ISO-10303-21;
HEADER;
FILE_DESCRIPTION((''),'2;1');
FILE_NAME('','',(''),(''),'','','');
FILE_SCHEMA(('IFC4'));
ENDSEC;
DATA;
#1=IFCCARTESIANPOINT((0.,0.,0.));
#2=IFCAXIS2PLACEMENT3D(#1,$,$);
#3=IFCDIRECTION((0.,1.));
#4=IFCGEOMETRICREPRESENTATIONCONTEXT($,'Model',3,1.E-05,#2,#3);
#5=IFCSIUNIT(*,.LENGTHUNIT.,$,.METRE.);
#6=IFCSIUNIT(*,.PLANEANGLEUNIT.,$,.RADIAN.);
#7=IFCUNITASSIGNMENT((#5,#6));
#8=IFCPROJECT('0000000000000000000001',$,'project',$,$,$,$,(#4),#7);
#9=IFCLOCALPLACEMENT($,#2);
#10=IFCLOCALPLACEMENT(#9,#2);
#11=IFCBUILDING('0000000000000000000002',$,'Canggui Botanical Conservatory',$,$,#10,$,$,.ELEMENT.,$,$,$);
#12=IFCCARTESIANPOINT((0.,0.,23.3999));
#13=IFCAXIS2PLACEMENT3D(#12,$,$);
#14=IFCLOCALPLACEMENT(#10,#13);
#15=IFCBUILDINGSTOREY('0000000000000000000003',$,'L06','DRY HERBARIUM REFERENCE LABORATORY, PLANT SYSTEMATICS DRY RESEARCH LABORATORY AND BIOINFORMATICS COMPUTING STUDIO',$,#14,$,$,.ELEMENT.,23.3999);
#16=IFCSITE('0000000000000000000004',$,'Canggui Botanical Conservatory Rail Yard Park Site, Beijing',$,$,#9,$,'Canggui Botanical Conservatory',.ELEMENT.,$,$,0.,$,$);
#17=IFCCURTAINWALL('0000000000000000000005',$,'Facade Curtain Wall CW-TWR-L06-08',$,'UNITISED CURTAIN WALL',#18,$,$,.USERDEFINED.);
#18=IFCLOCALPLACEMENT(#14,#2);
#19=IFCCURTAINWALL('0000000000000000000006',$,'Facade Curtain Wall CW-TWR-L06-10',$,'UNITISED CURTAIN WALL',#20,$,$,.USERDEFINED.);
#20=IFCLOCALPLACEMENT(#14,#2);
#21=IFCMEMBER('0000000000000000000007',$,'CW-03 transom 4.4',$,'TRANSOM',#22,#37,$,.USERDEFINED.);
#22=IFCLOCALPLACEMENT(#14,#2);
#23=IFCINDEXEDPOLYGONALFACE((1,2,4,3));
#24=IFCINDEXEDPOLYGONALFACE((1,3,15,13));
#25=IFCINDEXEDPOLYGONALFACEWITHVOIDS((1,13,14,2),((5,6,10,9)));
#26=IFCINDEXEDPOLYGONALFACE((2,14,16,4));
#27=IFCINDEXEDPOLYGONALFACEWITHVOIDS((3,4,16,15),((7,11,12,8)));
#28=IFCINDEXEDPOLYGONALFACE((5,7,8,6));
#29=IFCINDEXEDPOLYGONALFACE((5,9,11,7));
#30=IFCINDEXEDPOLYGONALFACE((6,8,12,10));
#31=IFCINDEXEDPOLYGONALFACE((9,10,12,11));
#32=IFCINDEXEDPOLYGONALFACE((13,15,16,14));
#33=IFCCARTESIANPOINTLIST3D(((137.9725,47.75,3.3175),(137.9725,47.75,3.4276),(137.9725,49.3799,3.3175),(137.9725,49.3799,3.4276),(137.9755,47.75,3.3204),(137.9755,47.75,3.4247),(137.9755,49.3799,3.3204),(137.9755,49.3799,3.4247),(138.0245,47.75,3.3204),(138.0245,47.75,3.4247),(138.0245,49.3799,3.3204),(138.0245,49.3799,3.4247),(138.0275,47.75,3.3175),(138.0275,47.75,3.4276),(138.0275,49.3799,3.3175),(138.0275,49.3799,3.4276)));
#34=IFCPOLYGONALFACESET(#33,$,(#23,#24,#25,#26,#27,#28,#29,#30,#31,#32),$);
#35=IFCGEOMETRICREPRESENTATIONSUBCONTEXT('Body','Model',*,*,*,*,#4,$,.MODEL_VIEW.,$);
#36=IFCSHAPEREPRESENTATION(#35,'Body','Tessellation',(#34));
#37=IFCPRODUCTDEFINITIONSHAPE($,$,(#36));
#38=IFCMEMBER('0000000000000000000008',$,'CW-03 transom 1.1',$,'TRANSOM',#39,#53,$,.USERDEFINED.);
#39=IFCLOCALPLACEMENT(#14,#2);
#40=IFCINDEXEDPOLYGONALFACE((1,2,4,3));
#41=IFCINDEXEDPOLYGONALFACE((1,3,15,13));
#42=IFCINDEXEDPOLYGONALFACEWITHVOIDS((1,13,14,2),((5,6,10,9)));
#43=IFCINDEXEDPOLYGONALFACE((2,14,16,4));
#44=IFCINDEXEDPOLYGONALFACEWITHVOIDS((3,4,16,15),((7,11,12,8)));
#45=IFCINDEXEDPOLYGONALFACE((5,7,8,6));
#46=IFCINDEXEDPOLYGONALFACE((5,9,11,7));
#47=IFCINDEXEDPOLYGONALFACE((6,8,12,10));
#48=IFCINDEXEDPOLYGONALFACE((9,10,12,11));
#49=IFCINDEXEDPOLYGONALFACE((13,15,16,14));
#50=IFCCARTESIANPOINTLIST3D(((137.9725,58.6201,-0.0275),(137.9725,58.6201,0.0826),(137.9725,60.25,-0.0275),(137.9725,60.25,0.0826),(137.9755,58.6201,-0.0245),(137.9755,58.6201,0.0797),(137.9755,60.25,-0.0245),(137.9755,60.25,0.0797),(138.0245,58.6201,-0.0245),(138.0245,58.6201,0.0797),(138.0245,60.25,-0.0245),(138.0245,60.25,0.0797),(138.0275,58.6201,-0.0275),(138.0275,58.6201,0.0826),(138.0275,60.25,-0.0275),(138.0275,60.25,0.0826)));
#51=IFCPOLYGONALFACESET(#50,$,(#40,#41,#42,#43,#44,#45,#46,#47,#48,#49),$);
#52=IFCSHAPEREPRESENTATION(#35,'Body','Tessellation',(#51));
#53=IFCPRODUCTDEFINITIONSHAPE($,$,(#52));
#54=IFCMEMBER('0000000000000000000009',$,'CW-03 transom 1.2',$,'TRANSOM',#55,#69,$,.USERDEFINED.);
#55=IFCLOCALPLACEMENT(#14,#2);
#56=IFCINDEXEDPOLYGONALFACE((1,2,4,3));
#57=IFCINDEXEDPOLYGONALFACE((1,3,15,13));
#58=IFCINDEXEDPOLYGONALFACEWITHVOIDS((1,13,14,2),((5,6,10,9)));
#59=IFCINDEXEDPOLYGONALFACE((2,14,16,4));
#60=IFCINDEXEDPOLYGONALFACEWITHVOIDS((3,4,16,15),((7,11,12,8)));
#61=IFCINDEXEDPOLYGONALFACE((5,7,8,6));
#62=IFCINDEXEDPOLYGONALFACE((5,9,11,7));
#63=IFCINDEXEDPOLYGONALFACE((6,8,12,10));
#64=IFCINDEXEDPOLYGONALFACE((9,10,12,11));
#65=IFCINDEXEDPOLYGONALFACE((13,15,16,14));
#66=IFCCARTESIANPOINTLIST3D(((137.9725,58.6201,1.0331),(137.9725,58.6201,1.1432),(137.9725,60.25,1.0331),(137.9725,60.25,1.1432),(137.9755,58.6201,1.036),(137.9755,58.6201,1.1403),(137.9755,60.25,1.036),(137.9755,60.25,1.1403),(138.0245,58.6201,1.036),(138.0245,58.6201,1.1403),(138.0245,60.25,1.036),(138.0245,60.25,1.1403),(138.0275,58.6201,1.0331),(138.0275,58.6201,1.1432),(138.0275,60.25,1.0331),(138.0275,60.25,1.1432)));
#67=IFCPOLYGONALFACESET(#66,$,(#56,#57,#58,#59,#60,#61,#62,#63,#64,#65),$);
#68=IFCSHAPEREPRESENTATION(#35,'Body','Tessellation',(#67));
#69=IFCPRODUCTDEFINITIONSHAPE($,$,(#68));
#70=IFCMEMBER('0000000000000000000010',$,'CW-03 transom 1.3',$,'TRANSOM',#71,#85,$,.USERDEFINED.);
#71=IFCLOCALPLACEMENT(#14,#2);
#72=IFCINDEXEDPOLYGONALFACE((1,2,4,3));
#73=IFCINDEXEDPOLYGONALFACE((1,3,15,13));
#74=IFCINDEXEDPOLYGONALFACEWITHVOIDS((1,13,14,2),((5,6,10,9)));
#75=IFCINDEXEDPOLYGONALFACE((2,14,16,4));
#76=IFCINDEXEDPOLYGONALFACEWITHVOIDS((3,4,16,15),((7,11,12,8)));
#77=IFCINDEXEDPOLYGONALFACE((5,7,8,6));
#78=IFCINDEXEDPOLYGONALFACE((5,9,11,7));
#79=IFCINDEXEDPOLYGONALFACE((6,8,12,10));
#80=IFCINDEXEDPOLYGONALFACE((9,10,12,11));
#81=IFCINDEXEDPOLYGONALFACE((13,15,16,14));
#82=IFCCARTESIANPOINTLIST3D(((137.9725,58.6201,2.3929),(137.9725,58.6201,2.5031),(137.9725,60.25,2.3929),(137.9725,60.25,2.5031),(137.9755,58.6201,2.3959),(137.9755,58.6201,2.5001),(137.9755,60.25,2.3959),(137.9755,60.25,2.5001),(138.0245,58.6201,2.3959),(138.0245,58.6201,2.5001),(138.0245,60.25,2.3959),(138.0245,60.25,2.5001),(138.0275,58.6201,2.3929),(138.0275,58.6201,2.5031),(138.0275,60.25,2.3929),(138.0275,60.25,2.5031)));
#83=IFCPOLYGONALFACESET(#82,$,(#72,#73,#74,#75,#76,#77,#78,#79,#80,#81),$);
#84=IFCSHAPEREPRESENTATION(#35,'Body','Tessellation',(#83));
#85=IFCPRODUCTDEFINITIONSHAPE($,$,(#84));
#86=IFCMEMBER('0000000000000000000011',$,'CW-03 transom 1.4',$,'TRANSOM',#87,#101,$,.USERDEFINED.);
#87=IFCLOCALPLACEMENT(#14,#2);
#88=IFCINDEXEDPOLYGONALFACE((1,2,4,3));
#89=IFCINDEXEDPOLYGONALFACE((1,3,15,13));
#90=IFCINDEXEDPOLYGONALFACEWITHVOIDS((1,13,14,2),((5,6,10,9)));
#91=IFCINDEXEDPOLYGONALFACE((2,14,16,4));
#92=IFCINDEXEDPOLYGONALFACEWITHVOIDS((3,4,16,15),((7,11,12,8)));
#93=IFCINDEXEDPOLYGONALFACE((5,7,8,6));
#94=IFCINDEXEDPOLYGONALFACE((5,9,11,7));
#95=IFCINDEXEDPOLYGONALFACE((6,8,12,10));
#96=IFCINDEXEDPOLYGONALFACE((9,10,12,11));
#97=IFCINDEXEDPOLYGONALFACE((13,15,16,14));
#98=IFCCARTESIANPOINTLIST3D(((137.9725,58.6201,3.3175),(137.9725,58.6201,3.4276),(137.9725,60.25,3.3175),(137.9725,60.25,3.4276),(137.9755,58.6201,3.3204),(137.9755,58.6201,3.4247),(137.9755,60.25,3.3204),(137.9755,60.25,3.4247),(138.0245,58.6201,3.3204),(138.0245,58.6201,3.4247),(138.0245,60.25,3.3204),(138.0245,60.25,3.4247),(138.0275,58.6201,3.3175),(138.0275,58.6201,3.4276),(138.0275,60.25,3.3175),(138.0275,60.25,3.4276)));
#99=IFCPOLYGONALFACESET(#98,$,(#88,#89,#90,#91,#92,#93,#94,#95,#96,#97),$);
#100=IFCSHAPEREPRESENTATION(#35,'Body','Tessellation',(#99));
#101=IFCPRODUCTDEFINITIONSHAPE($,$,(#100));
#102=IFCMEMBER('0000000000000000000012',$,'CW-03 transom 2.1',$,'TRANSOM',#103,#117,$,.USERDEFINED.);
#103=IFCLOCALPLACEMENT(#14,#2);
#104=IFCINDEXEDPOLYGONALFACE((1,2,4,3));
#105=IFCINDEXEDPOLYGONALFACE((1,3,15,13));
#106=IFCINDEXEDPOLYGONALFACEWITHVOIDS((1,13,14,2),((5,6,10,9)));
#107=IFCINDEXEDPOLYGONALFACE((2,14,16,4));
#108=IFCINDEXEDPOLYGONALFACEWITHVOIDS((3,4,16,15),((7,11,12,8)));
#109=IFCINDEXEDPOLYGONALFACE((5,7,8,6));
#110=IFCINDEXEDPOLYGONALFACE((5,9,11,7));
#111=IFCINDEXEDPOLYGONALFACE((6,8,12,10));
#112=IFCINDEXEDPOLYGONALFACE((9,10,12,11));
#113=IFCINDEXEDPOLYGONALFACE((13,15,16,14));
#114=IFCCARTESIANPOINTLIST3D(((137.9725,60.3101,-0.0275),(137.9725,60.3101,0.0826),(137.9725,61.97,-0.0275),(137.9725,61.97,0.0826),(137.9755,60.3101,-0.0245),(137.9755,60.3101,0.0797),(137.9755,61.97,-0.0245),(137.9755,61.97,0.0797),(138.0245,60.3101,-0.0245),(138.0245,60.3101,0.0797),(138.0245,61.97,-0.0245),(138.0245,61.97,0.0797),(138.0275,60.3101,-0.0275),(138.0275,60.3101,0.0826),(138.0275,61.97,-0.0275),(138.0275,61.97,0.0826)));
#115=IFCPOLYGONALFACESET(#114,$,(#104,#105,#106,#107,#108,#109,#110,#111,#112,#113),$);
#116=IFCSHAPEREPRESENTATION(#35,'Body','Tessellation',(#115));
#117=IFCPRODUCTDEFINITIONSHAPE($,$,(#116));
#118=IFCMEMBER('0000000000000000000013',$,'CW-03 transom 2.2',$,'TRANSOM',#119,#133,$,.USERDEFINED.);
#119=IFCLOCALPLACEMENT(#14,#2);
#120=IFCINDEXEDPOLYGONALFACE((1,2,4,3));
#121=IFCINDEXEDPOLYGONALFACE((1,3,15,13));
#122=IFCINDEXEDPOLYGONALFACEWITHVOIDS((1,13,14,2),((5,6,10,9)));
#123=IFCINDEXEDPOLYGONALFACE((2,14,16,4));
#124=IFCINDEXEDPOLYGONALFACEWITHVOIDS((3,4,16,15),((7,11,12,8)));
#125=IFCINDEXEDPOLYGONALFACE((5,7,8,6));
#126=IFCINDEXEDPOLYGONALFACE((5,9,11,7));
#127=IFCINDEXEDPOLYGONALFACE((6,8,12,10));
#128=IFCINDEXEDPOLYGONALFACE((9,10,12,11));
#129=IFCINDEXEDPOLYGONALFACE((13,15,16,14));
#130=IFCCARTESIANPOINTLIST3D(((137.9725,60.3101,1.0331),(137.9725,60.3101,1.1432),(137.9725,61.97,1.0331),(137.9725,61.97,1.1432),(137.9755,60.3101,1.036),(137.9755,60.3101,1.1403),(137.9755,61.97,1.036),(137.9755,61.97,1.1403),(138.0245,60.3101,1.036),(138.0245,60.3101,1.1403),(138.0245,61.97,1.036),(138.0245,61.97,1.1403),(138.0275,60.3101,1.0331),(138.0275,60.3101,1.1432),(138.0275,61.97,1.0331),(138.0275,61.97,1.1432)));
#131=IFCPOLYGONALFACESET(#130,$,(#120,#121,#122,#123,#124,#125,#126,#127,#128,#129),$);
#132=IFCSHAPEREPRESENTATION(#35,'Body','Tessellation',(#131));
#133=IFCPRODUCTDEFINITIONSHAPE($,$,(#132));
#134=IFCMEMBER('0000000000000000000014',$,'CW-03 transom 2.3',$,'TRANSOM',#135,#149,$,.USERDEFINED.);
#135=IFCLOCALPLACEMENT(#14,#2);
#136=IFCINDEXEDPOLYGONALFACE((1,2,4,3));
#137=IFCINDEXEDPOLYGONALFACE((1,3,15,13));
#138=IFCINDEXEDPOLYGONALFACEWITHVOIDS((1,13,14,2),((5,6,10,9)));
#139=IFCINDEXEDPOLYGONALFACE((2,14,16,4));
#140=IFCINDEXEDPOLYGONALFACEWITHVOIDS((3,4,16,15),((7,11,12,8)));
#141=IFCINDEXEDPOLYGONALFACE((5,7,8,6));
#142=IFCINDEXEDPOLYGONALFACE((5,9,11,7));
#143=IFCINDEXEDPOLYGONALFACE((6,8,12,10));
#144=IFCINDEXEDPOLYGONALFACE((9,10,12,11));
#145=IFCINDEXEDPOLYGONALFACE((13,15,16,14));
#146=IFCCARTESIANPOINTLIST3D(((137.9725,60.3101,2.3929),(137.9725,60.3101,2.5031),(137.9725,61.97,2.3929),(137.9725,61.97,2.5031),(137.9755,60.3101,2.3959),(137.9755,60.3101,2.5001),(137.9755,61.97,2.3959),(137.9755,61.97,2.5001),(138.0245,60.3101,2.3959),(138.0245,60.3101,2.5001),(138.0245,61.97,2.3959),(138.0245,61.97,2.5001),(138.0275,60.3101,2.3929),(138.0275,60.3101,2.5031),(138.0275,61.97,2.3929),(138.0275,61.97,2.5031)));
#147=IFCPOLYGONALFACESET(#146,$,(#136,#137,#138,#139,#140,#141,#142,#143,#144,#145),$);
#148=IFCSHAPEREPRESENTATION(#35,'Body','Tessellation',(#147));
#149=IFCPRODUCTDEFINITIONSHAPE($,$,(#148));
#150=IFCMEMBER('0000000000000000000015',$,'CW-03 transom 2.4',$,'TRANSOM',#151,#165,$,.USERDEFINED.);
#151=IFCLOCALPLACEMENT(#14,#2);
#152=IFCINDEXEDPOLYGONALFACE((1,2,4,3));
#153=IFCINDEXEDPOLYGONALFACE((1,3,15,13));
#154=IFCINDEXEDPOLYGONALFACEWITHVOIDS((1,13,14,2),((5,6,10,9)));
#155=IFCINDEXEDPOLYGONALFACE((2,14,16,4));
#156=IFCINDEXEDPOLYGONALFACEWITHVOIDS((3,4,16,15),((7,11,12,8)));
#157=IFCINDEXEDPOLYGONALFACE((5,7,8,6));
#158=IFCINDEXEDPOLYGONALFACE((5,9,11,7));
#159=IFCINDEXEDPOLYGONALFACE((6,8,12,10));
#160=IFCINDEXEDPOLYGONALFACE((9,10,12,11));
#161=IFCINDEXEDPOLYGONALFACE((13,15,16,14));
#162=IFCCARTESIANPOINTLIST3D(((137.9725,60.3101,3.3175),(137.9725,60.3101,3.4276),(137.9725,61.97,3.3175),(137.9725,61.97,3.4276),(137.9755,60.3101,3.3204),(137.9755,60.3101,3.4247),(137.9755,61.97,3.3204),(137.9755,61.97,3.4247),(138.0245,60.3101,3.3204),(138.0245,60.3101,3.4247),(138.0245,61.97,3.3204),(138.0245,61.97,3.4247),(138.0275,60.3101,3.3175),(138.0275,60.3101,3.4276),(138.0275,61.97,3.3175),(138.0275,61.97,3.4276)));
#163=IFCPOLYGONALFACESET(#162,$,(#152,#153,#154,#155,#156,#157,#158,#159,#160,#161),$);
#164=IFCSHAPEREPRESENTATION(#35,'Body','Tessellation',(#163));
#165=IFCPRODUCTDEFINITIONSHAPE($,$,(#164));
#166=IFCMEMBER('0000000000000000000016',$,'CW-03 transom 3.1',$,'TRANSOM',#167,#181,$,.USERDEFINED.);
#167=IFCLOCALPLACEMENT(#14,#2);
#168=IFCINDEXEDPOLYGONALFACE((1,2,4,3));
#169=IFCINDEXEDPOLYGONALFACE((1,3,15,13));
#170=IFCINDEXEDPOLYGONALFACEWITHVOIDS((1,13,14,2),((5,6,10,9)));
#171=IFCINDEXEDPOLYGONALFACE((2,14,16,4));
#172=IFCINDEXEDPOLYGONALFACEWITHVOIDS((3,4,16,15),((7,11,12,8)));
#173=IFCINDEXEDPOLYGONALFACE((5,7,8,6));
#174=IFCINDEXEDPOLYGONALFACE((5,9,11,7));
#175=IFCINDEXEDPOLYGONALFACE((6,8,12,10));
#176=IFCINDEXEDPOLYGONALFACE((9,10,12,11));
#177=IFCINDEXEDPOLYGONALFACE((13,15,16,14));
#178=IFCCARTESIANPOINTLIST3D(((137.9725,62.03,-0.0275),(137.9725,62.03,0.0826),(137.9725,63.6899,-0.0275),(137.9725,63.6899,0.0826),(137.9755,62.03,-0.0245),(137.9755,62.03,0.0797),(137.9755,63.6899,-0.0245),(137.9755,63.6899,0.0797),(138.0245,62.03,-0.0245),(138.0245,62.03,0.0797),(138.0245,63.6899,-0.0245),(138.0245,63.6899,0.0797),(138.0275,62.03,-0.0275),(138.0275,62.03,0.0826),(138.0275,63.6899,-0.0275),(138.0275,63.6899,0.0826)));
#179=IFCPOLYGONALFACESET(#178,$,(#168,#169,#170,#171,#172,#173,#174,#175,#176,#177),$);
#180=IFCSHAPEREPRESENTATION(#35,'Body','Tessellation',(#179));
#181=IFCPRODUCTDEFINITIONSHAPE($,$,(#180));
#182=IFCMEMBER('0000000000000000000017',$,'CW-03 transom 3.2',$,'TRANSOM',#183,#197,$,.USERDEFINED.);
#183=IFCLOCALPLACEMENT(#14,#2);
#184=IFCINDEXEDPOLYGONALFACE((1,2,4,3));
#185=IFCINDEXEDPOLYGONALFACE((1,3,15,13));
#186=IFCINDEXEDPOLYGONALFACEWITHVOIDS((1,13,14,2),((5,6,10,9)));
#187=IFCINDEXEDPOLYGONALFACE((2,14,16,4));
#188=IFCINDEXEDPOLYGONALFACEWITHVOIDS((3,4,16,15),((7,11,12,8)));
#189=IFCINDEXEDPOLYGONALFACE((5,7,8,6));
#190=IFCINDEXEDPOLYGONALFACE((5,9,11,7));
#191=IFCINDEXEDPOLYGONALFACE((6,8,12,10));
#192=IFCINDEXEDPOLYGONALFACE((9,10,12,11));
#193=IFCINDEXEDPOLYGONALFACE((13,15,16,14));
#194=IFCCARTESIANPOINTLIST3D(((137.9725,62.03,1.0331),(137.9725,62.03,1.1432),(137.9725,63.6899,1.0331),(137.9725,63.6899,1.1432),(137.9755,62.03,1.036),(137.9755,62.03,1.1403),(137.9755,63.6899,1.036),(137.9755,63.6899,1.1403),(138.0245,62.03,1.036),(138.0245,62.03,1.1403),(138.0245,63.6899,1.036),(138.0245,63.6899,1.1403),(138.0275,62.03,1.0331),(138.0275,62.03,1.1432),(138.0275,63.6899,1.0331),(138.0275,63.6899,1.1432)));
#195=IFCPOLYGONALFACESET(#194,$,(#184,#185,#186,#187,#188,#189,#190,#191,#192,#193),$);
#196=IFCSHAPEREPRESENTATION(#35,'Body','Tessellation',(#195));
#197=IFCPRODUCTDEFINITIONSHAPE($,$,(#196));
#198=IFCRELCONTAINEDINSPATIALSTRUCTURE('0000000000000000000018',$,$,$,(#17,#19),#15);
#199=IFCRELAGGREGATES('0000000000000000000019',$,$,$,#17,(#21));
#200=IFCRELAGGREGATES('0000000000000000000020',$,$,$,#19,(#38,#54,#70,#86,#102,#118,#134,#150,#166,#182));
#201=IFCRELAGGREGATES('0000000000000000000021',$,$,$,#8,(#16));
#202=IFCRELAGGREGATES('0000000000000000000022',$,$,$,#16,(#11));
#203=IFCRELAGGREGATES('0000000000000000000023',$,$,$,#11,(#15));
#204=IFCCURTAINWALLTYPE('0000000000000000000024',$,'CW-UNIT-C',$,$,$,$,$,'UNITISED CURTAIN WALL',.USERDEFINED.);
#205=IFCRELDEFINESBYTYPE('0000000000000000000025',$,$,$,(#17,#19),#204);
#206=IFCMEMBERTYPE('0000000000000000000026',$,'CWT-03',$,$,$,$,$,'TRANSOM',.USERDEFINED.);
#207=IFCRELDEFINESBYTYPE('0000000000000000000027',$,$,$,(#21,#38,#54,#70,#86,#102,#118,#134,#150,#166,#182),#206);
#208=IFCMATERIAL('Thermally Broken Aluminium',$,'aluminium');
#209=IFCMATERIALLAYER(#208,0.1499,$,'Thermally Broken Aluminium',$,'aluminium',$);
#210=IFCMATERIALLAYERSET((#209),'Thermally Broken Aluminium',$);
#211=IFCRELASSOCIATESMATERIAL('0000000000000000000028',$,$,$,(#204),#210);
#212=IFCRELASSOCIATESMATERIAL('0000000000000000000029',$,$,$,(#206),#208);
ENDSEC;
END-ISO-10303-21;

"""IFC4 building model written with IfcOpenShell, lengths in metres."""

from ifc_helpers import new_model, si_unit, direction, frame, origin, origin_2d, place, context, subcontext, project, spatial, hollow_rectangle, extrude, material, layer, layer_set, material_profile, profile_set, type_object, element, aggregate, save


model = new_model("IFC4")

# Units and contexts
model_context = context("Model", 3, precision=1e-05, world=origin(), true_north=direction((0.0, 1.0)))
body_context = subcontext(model_context, "Body", "Model", "MODEL_VIEW")
ifc_project = project(units=[si_unit("LENGTHUNIT", "METRE"), si_unit("PLANEANGLEUNIT", "RADIAN")], contexts=[model_context])

# Site, building, storey
site_placement = place(None, origin())
site = spatial("IfcSite", under=ifc_project, at=site_placement, Name="Canggui Botanical Conservatory Rail Yard Park Site, Beijing", LongName="Canggui Botanical Conservatory", CompositionType="ELEMENT", RefElevation=0.0)
building_placement = place(site_placement, origin())
building = spatial("IfcBuilding", under=site, at=building_placement, Name="Canggui Botanical Conservatory", CompositionType="ELEMENT")
storey_placement = place(building_placement, frame((0.0, 0.0, 23.3999)))
storey = spatial("IfcBuildingStorey", under=building, at=storey_placement, Name="L06", Description="DRY HERBARIUM REFERENCE LABORATORY, PLANT SYSTEMATICS DRY RESEARCH LABORATORY AND BIOINFORMATICS COMPUTING STUDIO", CompositionType="ELEMENT", Elevation=23.3999)

# Curtain walls
ifc_material_1 = material(Name="Thermally Broken Aluminium", Category="aluminium")
ifc_layer_1 = layer(ifc_material_1, 0.1499, Name="Thermally Broken Aluminium", Category="aluminium")
ifc_layer_set_1 = layer_set([ifc_layer_1], Name="Thermally Broken Aluminium")
curtain_wall_type = type_object("IfcCurtainWallType", Name="CW-UNIT-C", ElementType="UNITISED CURTAIN WALL", PredefinedType="USERDEFINED", material=ifc_layer_set_1)
curtain_wall_1_placement = place(storey_placement, origin())
curtain_wall_1 = element("IfcCurtainWall", 1, at=curtain_wall_1_placement, inside=storey, type_object=curtain_wall_type, Name="Facade Curtain Wall CW-TWR-L06-08", ObjectType="UNITISED CURTAIN WALL", PredefinedType="USERDEFINED")
curtain_wall_2_placement = place(storey_placement, origin())
curtain_wall_2 = element("IfcCurtainWall", 2, at=curtain_wall_2_placement, inside=storey, type_object=curtain_wall_type, Name="Facade Curtain Wall CW-TWR-L06-10", ObjectType="UNITISED CURTAIN WALL", PredefinedType="USERDEFINED")

# Members
ifc_material_profile_1 = material_profile(ifc_material_1, hollow_rectangle(XDim=0.0549, YDim=0.1101, WallThickness=0.0029, at=origin_2d()), Name="CWT 55x110x3")
ifc_profile_set_1 = profile_set([ifc_material_profile_1], Name="Thermally Broken Aluminium")
member_type_1 = type_object("IfcMemberType", Name="CWT-03", ElementType="TRANSOM", PredefinedType="USERDEFINED", material=ifc_profile_set_1)
member_1_placement = place(storey_placement, frame((138.0, 47.75, 3.3726), z_axis=(0.0, 1.0, 0.0), x_axis=(-1.0, 0.0, 0.0)))
member_1 = element("IfcMember", 3, at=member_1_placement, type_object=member_type_1, Name="CW-03 transom 4.4", ObjectType="TRANSOM", PredefinedType="USERDEFINED", context=body_context, shape_type="SweptSolid", body=[
    extrude(hollow_rectangle(XDim=0.0549, YDim=0.1101, WallThickness=0.0029, at=origin_2d()), origin(), (0.0, 0.0, 1.0), 1.6299),
])
member_2_placement = place(storey_placement, frame((138.0, 58.6201, 0.0276), z_axis=(0.0, 1.0, 0.0), x_axis=(-1.0, 0.0, 0.0)))
member_2 = element("IfcMember", 4, at=member_2_placement, type_object=member_type_1, Name="CW-03 transom 1.1", ObjectType="TRANSOM", PredefinedType="USERDEFINED", context=body_context, shape_type="SweptSolid", body=[
    extrude(hollow_rectangle(XDim=0.0549, YDim=0.1101, WallThickness=0.0029, at=origin_2d()), origin(), (0.0, 0.0, 1.0), 1.6299),
])
member_3_placement = place(storey_placement, frame((138.0, 58.6201, 1.0881), z_axis=(0.0, 1.0, 0.0), x_axis=(-1.0, 0.0, 0.0)))
member_3 = element("IfcMember", 5, at=member_3_placement, type_object=member_type_1, Name="CW-03 transom 1.2", ObjectType="TRANSOM", PredefinedType="USERDEFINED", context=body_context, shape_type="SweptSolid", body=[
    extrude(hollow_rectangle(XDim=0.0549, YDim=0.1101, WallThickness=0.0029, at=origin_2d()), origin(), (0.0, 0.0, 1.0), 1.6299),
])
member_4_placement = place(storey_placement, frame((138.0, 58.6201, 2.448), z_axis=(0.0, 1.0, 0.0), x_axis=(-1.0, 0.0, 0.0)))
member_4 = element("IfcMember", 6, at=member_4_placement, type_object=member_type_1, Name="CW-03 transom 1.3", ObjectType="TRANSOM", PredefinedType="USERDEFINED", context=body_context, shape_type="SweptSolid", body=[
    extrude(hollow_rectangle(XDim=0.0549, YDim=0.1101, WallThickness=0.0029, at=origin_2d()), origin(), (0.0, 0.0, 1.0), 1.6299),
])
member_5_placement = place(storey_placement, frame((138.0, 58.6201, 3.3726), z_axis=(0.0, 1.0, 0.0), x_axis=(-1.0, 0.0, 0.0)))
member_5 = element("IfcMember", 7, at=member_5_placement, type_object=member_type_1, Name="CW-03 transom 1.4", ObjectType="TRANSOM", PredefinedType="USERDEFINED", context=body_context, shape_type="SweptSolid", body=[
    extrude(hollow_rectangle(XDim=0.0549, YDim=0.1101, WallThickness=0.0029, at=origin_2d()), origin(), (0.0, 0.0, 1.0), 1.6299),
])
member_6_placement = place(storey_placement, frame((138.0, 60.3101, 0.0276), z_axis=(0.0, 1.0, 0.0), x_axis=(-1.0, 0.0, 0.0)))
member_6 = element("IfcMember", 8, at=member_6_placement, type_object=member_type_1, Name="CW-03 transom 2.1", ObjectType="TRANSOM", PredefinedType="USERDEFINED", context=body_context, shape_type="SweptSolid", body=[
    extrude(hollow_rectangle(XDim=0.0549, YDim=0.1101, WallThickness=0.0029, at=origin_2d()), origin(), (0.0, 0.0, 1.0), 1.6599),
])
member_7_placement = place(storey_placement, frame((138.0, 60.3101, 1.0881), z_axis=(0.0, 1.0, 0.0), x_axis=(-1.0, 0.0, 0.0)))
member_7 = element("IfcMember", 9, at=member_7_placement, type_object=member_type_1, Name="CW-03 transom 2.2", ObjectType="TRANSOM", PredefinedType="USERDEFINED", context=body_context, shape_type="SweptSolid", body=[
    extrude(hollow_rectangle(XDim=0.0549, YDim=0.1101, WallThickness=0.0029, at=origin_2d()), origin(), (0.0, 0.0, 1.0), 1.6599),
])
member_8_placement = place(storey_placement, frame((138.0, 60.3101, 2.448), z_axis=(0.0, 1.0, 0.0), x_axis=(-1.0, 0.0, 0.0)))
member_8 = element("IfcMember", 10, at=member_8_placement, type_object=member_type_1, Name="CW-03 transom 2.3", ObjectType="TRANSOM", PredefinedType="USERDEFINED", context=body_context, shape_type="SweptSolid", body=[
    extrude(hollow_rectangle(XDim=0.0549, YDim=0.1101, WallThickness=0.0029, at=origin_2d()), origin(), (0.0, 0.0, 1.0), 1.6599),
])
member_9_placement = place(storey_placement, frame((138.0, 60.3101, 3.3726), z_axis=(0.0, 1.0, 0.0), x_axis=(-1.0, 0.0, 0.0)))
member_9 = element("IfcMember", 11, at=member_9_placement, type_object=member_type_1, Name="CW-03 transom 2.4", ObjectType="TRANSOM", PredefinedType="USERDEFINED", context=body_context, shape_type="SweptSolid", body=[
    extrude(hollow_rectangle(XDim=0.0549, YDim=0.1101, WallThickness=0.0029, at=origin_2d()), origin(), (0.0, 0.0, 1.0), 1.6599),
])
member_10_placement = place(storey_placement, frame((138.0, 62.03, 0.0276), z_axis=(0.0, 1.0, 0.0), x_axis=(-1.0, 0.0, 0.0)))
member_10 = element("IfcMember", 12, at=member_10_placement, type_object=member_type_1, Name="CW-03 transom 3.1", ObjectType="TRANSOM", PredefinedType="USERDEFINED", context=body_context, shape_type="SweptSolid", body=[
    extrude(hollow_rectangle(XDim=0.0549, YDim=0.1101, WallThickness=0.0029, at=origin_2d()), origin(), (0.0, 0.0, 1.0), 1.6599),
])
member_11_placement = place(storey_placement, frame((138.0, 62.03, 1.0881), z_axis=(0.0, 1.0, 0.0), x_axis=(-1.0, 0.0, 0.0)))
member_11 = element("IfcMember", 13, at=member_11_placement, type_object=member_type_1, Name="CW-03 transom 3.2", ObjectType="TRANSOM", PredefinedType="USERDEFINED", context=body_context, shape_type="SweptSolid", body=[
    extrude(hollow_rectangle(XDim=0.0549, YDim=0.1101, WallThickness=0.0029, at=origin_2d()), origin(), (0.0, 0.0, 1.0), 1.6599),
])

aggregate(curtain_wall_1, [member_1])
aggregate(curtain_wall_2, [member_2, member_3, member_4, member_5, member_6, member_7, member_8, member_9, member_10, member_11])

save(model, "model.ifc")
